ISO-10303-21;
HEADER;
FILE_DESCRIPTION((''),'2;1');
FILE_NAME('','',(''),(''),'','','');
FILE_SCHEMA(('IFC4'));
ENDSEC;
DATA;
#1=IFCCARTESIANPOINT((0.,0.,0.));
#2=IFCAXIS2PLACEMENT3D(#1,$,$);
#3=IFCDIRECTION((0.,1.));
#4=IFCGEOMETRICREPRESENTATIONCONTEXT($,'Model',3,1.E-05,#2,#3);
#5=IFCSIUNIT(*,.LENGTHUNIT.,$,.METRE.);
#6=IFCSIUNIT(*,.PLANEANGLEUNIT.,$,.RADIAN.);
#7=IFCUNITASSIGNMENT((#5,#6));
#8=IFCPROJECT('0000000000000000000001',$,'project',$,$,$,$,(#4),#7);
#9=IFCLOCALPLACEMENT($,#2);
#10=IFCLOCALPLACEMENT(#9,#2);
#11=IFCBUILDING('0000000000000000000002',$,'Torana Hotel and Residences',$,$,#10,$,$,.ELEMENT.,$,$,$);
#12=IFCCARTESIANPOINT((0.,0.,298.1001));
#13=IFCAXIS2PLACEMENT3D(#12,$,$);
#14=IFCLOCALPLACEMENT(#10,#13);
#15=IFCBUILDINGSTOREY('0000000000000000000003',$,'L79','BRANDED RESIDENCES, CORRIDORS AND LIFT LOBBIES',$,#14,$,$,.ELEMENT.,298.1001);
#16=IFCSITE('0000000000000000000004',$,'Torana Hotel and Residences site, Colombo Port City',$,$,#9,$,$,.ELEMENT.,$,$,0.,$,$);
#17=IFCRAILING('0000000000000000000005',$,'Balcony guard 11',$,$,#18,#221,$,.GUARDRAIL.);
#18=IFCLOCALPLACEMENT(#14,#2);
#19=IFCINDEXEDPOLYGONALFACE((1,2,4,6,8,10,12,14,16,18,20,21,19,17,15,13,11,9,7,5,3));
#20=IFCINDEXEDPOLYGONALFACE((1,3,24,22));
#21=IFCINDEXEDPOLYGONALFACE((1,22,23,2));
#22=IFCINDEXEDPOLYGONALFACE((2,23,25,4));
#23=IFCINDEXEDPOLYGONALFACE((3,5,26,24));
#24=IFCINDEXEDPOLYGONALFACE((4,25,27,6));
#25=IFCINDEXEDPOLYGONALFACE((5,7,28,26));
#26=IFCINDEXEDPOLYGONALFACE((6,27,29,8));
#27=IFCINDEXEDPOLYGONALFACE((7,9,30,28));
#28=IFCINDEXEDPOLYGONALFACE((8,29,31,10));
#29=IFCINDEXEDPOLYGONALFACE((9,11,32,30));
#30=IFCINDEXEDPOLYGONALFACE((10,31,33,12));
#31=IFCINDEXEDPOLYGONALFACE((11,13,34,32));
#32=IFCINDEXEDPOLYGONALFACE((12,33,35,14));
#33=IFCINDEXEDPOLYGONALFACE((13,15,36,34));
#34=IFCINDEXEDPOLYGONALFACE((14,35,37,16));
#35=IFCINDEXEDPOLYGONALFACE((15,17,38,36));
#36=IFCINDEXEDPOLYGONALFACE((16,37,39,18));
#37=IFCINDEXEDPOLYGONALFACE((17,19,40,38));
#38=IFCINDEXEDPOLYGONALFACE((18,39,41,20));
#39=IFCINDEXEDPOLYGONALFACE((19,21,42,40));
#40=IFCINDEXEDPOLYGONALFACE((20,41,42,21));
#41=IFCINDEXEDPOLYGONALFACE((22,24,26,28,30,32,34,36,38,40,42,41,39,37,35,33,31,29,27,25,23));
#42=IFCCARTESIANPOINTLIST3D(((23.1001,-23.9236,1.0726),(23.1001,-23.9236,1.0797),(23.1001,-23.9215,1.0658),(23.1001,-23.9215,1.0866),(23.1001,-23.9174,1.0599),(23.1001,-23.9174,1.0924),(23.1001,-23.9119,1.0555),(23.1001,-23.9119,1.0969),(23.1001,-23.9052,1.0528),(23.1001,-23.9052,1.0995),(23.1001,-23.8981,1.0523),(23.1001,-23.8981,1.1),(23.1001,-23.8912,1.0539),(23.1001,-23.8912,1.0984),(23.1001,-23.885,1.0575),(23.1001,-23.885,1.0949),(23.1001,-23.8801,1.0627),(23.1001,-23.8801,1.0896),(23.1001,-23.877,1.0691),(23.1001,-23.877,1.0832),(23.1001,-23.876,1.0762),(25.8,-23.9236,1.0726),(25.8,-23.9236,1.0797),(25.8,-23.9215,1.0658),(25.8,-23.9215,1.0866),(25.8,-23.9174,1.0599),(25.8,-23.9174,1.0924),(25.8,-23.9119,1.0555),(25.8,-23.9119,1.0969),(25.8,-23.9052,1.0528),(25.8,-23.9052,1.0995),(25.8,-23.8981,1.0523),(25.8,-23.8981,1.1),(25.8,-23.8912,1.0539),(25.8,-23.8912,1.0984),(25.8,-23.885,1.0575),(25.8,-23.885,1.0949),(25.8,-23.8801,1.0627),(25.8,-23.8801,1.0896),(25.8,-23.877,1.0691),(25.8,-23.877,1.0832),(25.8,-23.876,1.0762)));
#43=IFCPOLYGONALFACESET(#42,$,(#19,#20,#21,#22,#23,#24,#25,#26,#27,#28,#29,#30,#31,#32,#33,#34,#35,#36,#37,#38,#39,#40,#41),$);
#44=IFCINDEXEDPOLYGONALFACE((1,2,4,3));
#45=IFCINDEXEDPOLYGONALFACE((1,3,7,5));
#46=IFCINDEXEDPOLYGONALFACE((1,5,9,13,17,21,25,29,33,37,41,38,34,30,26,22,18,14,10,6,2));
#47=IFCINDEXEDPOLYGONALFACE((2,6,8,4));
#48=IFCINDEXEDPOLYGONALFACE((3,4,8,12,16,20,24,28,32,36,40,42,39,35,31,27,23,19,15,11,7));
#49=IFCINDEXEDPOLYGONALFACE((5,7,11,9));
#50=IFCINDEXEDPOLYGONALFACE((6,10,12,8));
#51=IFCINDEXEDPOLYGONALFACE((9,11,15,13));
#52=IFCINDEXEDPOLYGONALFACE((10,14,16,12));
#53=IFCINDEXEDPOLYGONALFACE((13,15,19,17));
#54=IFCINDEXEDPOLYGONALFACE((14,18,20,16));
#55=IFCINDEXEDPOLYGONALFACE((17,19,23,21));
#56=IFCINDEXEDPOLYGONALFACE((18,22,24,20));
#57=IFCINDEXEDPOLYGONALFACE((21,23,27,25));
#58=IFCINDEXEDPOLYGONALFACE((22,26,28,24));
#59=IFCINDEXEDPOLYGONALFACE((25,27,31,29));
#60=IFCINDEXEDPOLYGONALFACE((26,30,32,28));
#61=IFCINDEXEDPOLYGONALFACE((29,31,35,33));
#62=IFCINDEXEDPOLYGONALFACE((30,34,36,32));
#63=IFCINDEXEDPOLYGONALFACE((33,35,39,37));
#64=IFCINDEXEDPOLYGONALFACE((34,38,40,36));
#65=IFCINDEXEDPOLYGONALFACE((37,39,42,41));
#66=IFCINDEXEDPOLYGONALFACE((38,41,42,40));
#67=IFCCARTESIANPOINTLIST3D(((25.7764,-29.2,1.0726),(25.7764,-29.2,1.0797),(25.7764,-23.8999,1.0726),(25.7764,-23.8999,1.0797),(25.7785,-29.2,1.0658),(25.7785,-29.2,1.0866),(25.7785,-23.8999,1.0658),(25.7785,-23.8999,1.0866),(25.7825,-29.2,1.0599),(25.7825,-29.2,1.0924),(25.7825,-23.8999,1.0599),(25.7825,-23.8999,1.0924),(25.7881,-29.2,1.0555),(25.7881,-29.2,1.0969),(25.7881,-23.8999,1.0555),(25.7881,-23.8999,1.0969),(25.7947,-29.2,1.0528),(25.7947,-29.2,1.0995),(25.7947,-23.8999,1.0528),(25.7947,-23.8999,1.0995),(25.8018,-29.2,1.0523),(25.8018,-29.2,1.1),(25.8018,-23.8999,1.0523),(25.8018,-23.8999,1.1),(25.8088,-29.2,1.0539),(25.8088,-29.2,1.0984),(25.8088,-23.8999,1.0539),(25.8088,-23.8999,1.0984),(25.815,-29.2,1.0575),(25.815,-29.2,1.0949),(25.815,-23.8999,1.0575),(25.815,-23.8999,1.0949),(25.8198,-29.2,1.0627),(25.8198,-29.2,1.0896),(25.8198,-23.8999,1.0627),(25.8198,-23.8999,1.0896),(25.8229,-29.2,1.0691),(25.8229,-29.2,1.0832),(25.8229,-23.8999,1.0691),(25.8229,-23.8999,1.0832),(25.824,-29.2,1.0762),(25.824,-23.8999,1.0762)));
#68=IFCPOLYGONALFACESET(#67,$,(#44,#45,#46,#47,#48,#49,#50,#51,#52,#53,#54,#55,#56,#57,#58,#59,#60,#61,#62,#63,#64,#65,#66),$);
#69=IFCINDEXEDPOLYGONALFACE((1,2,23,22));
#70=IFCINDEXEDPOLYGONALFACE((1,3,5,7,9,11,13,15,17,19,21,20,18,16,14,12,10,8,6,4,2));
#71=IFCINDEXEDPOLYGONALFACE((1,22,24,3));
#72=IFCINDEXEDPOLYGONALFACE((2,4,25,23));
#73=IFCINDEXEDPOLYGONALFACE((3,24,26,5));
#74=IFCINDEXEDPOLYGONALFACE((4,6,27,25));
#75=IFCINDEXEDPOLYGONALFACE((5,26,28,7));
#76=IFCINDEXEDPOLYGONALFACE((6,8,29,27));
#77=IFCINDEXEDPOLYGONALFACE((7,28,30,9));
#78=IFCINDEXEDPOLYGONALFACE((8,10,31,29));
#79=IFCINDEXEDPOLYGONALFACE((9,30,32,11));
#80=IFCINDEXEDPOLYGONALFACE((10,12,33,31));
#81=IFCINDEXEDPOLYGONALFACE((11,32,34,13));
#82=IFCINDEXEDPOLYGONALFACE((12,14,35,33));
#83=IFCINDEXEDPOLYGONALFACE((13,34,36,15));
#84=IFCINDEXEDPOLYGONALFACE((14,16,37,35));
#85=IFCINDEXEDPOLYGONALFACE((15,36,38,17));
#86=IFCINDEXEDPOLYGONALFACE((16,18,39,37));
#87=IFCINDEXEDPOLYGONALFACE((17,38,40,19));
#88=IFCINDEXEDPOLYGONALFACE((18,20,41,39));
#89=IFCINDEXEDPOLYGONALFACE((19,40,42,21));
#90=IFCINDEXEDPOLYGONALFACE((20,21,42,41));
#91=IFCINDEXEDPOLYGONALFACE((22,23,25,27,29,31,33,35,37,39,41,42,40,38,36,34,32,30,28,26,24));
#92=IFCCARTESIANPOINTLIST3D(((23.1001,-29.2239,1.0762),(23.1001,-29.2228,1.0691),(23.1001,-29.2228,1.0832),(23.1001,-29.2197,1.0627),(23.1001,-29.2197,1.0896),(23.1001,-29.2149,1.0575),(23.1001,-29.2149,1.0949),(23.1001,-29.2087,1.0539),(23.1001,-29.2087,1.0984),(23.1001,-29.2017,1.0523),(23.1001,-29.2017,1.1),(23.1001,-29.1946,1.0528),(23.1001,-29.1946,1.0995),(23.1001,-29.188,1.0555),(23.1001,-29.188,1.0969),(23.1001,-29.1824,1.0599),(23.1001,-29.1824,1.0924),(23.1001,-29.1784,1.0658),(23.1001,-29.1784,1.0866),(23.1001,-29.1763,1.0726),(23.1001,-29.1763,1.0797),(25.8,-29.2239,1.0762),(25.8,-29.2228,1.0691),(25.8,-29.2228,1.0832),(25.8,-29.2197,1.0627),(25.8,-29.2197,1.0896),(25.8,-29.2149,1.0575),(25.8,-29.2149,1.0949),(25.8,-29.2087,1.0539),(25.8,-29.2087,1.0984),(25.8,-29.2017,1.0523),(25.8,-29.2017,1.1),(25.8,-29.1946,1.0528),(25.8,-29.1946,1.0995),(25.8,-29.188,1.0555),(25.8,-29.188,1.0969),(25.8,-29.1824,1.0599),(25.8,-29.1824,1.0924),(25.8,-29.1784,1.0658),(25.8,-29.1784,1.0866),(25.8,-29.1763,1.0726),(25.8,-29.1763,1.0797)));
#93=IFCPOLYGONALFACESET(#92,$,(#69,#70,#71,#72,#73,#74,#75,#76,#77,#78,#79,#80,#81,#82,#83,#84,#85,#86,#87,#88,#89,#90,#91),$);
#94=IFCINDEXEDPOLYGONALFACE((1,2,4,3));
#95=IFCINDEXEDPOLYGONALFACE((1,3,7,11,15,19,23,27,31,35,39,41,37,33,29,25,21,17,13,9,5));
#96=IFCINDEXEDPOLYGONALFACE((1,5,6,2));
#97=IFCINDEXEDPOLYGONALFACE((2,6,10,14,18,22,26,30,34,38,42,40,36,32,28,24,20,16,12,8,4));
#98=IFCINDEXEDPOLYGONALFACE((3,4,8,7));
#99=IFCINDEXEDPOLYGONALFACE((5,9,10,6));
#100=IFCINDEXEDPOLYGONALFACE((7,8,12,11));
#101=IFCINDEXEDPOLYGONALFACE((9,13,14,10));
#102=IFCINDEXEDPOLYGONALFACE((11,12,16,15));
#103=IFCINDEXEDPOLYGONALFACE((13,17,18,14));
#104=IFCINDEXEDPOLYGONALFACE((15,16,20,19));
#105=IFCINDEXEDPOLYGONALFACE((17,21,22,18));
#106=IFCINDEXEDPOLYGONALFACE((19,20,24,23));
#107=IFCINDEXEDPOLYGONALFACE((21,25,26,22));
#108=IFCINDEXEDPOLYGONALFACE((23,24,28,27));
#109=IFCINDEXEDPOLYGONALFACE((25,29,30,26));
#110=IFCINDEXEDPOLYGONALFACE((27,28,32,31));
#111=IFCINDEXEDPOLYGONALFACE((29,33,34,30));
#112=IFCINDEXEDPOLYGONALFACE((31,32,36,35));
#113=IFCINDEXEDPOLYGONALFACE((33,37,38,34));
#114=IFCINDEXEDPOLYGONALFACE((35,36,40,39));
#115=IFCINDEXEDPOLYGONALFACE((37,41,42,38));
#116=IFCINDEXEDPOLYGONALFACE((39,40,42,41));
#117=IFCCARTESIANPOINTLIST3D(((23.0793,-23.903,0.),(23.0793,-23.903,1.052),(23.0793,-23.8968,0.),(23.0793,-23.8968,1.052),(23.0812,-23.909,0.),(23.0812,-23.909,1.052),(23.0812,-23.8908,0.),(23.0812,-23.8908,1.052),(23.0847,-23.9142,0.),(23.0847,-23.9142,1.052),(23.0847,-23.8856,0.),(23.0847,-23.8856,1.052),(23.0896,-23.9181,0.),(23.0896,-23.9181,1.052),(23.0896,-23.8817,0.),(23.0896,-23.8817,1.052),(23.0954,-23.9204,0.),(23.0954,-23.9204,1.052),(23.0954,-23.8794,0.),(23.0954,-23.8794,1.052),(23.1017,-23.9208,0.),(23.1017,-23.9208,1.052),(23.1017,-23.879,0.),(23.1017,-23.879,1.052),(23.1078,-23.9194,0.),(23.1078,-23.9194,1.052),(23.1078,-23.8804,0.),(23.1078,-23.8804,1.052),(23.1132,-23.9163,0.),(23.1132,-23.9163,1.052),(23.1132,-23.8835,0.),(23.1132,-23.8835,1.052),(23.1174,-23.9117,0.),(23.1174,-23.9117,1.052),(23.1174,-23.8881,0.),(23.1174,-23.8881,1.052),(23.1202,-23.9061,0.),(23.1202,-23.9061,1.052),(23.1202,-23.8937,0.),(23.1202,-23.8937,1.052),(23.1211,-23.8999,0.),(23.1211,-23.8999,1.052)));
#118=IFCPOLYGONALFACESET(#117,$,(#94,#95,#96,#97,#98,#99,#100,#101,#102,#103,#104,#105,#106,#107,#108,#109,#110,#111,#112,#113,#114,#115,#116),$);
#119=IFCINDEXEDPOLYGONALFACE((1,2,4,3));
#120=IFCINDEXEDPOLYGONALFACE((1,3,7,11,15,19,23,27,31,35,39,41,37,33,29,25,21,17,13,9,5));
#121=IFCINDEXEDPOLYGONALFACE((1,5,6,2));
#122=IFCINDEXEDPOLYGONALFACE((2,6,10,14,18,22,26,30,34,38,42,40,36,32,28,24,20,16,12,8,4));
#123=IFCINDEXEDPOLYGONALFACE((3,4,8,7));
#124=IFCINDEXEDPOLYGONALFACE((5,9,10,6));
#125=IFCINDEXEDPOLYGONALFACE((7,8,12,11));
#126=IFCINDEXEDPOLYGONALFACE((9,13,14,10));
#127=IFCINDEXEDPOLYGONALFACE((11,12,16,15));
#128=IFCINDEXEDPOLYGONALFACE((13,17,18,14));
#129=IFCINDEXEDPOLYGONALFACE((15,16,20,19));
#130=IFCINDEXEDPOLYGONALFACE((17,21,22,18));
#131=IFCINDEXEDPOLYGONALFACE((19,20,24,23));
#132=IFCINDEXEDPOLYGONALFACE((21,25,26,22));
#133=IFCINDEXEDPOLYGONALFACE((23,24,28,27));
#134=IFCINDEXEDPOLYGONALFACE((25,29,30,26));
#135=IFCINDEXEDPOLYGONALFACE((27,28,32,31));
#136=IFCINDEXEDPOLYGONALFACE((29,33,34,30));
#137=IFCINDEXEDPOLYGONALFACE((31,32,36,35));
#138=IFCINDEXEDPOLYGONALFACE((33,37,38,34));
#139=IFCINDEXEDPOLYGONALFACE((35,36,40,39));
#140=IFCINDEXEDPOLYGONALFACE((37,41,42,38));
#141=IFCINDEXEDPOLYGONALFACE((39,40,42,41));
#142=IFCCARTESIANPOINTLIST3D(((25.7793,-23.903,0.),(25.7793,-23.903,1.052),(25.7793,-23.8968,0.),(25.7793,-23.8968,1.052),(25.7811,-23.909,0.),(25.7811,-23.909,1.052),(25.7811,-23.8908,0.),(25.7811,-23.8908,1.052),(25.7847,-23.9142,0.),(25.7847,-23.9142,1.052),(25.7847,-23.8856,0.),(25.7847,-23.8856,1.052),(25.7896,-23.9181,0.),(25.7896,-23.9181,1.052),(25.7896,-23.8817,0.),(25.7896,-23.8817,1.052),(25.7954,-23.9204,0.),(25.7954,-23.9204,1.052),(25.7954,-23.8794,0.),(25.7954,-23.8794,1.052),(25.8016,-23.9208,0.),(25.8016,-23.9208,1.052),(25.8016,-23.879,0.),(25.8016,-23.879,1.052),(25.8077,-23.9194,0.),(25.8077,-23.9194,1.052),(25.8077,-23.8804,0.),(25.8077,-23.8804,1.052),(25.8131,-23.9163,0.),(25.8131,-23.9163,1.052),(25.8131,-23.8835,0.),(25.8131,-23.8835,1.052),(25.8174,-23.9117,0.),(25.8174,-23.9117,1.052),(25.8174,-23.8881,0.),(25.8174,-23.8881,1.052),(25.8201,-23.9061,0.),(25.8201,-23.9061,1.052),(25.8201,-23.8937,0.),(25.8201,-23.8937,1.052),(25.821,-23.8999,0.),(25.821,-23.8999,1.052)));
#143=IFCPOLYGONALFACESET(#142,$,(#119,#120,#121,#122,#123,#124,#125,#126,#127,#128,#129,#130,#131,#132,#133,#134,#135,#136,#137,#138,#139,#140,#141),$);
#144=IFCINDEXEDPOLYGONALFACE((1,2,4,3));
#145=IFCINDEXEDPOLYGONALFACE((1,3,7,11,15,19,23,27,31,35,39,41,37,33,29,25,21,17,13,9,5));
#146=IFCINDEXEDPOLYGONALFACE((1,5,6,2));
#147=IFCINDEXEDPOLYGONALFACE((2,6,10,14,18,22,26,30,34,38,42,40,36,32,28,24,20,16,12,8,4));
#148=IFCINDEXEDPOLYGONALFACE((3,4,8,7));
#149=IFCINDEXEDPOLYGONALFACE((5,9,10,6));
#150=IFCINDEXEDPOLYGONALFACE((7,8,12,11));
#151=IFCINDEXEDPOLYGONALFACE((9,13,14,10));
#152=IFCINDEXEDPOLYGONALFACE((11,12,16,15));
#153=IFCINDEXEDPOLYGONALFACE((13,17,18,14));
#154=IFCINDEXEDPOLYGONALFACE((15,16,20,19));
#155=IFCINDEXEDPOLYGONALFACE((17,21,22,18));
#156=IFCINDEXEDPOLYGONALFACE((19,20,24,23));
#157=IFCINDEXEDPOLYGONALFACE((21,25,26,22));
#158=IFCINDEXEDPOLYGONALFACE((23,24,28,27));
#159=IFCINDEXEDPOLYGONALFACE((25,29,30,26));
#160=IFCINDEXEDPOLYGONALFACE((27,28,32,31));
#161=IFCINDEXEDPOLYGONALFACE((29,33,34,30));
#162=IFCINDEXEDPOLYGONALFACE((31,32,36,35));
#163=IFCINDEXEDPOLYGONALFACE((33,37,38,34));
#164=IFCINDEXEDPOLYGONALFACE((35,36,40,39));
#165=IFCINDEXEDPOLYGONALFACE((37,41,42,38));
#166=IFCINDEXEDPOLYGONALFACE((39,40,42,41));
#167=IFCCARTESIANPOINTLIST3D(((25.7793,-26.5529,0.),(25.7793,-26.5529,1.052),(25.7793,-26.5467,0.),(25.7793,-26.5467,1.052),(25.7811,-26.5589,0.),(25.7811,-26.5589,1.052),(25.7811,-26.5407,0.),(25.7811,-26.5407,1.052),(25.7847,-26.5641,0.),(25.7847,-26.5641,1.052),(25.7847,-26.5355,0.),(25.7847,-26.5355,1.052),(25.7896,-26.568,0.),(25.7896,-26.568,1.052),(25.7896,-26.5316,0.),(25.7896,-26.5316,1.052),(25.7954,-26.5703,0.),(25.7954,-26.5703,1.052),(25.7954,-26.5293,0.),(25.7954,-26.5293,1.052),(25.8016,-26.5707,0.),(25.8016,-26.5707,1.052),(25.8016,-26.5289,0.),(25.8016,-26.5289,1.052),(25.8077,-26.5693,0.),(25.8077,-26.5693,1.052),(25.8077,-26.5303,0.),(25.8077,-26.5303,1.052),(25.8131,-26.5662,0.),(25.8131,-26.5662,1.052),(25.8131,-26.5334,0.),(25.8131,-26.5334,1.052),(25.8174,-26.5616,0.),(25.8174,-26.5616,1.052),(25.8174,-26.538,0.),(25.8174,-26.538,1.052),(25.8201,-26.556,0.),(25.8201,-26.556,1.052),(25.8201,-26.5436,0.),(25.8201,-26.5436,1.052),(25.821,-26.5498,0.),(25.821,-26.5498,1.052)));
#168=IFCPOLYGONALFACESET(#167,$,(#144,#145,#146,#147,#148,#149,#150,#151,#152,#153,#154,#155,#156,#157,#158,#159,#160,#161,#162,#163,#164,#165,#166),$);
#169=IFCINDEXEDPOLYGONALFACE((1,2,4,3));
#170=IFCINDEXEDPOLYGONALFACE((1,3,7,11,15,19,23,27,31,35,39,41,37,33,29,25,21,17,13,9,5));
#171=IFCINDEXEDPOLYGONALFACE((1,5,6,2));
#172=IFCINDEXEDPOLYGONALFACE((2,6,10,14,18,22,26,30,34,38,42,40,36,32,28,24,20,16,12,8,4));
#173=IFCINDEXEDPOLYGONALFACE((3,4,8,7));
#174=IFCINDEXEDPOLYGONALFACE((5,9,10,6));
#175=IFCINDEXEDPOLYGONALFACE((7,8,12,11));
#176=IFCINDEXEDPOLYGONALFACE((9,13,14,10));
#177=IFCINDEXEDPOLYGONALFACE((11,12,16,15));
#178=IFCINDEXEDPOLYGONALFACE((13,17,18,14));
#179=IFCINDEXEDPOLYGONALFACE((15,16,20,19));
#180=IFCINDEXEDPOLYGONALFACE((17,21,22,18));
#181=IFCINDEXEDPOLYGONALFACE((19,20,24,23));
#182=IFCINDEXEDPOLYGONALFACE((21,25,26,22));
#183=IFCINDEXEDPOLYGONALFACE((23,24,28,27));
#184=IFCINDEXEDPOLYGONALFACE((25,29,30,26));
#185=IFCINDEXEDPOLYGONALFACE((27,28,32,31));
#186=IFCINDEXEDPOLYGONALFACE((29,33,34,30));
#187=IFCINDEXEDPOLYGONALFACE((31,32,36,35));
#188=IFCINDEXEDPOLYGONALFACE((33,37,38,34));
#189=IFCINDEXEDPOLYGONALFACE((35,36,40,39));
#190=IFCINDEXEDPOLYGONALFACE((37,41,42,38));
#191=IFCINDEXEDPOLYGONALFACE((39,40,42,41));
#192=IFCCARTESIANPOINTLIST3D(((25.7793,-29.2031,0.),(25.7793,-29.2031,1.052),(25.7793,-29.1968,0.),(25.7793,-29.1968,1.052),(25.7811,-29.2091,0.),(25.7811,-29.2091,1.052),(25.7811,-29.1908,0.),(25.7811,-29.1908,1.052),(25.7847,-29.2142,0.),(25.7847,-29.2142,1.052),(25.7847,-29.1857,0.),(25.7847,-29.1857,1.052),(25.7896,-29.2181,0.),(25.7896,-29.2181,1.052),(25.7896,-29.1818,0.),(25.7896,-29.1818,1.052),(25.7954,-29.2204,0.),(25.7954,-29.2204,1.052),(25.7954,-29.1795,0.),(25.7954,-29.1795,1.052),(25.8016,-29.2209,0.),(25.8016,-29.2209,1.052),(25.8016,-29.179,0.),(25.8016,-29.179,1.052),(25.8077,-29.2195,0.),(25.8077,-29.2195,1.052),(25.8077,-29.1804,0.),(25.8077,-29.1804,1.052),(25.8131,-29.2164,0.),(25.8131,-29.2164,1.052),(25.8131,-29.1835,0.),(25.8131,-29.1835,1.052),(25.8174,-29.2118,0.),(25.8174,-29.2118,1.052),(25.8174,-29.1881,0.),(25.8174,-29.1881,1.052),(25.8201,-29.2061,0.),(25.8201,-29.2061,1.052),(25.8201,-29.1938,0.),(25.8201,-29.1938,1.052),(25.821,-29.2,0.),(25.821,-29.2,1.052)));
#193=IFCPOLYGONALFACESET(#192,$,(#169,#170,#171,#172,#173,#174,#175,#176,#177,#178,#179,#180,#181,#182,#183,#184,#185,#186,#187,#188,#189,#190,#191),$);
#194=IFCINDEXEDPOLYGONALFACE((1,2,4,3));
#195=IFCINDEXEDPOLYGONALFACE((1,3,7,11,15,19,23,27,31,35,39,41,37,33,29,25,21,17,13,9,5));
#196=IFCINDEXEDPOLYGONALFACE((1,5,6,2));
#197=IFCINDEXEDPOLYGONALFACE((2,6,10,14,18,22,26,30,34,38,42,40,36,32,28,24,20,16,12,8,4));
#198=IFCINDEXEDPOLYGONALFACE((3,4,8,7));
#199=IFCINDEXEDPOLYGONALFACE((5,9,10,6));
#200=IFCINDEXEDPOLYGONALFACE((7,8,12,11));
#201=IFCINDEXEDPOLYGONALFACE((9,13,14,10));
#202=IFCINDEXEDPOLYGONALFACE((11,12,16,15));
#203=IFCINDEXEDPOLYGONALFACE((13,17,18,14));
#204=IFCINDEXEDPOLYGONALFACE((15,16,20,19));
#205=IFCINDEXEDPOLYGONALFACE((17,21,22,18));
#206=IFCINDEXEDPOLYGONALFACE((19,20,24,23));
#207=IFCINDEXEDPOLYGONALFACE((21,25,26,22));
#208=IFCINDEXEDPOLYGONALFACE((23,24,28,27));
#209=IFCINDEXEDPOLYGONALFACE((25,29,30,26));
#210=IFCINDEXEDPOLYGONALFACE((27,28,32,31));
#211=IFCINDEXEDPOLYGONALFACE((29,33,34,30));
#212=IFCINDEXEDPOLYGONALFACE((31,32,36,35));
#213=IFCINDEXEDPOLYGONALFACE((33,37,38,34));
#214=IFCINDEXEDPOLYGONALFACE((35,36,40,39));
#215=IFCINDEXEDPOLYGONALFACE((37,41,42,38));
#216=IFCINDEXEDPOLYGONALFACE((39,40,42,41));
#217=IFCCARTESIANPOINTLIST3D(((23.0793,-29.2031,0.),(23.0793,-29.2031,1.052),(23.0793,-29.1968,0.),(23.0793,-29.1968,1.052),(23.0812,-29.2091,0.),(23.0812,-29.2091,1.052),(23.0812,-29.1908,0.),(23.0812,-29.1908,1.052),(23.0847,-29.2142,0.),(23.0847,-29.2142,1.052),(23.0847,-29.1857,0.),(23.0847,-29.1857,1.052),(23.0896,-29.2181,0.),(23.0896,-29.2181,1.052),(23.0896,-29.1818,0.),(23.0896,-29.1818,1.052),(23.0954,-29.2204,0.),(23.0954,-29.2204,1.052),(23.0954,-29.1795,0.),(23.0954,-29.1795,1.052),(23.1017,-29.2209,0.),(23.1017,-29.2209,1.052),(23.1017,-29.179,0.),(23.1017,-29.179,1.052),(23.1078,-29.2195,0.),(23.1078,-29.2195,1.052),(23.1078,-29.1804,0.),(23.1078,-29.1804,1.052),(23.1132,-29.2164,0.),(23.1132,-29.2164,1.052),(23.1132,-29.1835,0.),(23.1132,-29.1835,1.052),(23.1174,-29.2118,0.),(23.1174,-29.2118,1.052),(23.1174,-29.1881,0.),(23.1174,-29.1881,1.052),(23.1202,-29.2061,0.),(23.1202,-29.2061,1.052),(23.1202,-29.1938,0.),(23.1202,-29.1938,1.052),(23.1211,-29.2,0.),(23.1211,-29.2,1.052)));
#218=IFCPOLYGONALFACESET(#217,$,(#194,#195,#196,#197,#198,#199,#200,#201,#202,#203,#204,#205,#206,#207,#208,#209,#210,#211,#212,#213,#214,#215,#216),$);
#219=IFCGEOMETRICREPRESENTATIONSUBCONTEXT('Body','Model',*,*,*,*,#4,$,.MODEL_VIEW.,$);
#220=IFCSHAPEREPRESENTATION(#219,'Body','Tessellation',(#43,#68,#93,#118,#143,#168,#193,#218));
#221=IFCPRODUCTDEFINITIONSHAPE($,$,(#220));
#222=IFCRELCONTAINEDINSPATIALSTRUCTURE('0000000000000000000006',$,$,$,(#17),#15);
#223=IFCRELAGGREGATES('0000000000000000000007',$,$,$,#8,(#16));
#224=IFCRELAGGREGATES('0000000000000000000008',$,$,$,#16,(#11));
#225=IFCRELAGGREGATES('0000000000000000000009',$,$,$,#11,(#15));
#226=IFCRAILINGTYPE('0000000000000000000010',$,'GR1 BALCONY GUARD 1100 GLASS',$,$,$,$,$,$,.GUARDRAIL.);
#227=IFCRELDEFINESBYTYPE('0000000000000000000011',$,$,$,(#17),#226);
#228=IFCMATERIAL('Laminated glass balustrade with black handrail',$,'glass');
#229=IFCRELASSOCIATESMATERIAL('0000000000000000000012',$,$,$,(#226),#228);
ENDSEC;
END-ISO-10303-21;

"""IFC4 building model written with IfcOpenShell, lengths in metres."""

from ifc_helpers import new_model, si_unit, direction, frame, origin, origin_2d, place, context, subcontext, project, spatial, circle, extrude, material, type_object, element, save


model = new_model("IFC4")

# Units and contexts
model_context = context("Model", 3, precision=1e-05, world=origin(), true_north=direction((0.0, 1.0)))
body_context = subcontext(model_context, "Body", "Model", "MODEL_VIEW")
ifc_project = project(units=[si_unit("LENGTHUNIT", "METRE"), si_unit("PLANEANGLEUNIT", "RADIAN")], contexts=[model_context])

# Site, building, storey
site_placement = place(None, origin())
site = spatial("IfcSite", under=ifc_project, at=site_placement, Name="Torana Hotel and Residences site, Colombo Port City", CompositionType="ELEMENT", RefElevation=0.0)
building_placement = place(site_placement, origin())
building = spatial("IfcBuilding", under=site, at=building_placement, Name="Torana Hotel and Residences", CompositionType="ELEMENT")
storey_placement = place(building_placement, frame((0.0, 0.0, 298.1001)))
storey = spatial("IfcBuildingStorey", under=building, at=storey_placement, Name="L79", Description="BRANDED RESIDENCES, CORRIDORS AND LIFT LOBBIES", CompositionType="ELEMENT", Elevation=298.1001)

# Railing
ifc_material_1 = material(Name="Laminated glass balustrade with black handrail", Category="glass")
railing_type = type_object("IfcRailingType", Name="GR1 BALCONY GUARD 1100 GLASS", PredefinedType="GUARDRAIL", material=ifc_material_1)
railing_1_placement = place(storey_placement, frame((23.1001, -23.8999, 0.0)))
element("IfcRailing", 1, at=railing_1_placement, inside=storey, type_object=railing_type, Name="Balcony guard 11", PredefinedType="GUARDRAIL", context=body_context, shape_type="SweptSolid", body=[
    extrude(circle(Radius=0.0239, at=origin_2d()), frame((0.0, 0.0, 1.0762), z_axis=(1.0, 0.0, 0.0), x_axis=(0.0, 1.0, 0.0)), (0.0, 0.0, 1.0), 2.7),
    extrude(circle(Radius=0.0239, at=origin_2d()), frame((2.7, 0.0, 1.0762), z_axis=(0.0, -1.0, 0.0), x_axis=(1.0, 0.0, 0.0)), (0.0, 0.0, 1.0), 5.3),
    extrude(circle(Radius=0.0239, at=origin_2d()), frame((2.7, -5.3, 1.0762), z_axis=(-1.0, 0.0, 0.0), x_axis=(0.0, -1.0, 0.0)), (0.0, 0.0, 1.0), 2.7),
    extrude(circle(Radius=0.021, at=origin_2d()), origin(), (0.0, 0.0, 1.0), 1.052),
    extrude(circle(Radius=0.021, at=origin_2d()), frame((2.7, 0.0, 0.0)), (0.0, 0.0, 1.0), 1.052),
    extrude(circle(Radius=0.021, at=origin_2d()), frame((2.7, -2.6499, 0.0)), (0.0, 0.0, 1.0), 1.052),
    extrude(circle(Radius=0.021, at=origin_2d()), frame((2.7, -5.3, 0.0)), (0.0, 0.0, 1.0), 1.052),
    extrude(circle(Radius=0.021, at=origin_2d()), frame((0.0, -5.3, 0.0)), (0.0, 0.0, 1.0), 1.052),
])

save(model, "model.ifc")
